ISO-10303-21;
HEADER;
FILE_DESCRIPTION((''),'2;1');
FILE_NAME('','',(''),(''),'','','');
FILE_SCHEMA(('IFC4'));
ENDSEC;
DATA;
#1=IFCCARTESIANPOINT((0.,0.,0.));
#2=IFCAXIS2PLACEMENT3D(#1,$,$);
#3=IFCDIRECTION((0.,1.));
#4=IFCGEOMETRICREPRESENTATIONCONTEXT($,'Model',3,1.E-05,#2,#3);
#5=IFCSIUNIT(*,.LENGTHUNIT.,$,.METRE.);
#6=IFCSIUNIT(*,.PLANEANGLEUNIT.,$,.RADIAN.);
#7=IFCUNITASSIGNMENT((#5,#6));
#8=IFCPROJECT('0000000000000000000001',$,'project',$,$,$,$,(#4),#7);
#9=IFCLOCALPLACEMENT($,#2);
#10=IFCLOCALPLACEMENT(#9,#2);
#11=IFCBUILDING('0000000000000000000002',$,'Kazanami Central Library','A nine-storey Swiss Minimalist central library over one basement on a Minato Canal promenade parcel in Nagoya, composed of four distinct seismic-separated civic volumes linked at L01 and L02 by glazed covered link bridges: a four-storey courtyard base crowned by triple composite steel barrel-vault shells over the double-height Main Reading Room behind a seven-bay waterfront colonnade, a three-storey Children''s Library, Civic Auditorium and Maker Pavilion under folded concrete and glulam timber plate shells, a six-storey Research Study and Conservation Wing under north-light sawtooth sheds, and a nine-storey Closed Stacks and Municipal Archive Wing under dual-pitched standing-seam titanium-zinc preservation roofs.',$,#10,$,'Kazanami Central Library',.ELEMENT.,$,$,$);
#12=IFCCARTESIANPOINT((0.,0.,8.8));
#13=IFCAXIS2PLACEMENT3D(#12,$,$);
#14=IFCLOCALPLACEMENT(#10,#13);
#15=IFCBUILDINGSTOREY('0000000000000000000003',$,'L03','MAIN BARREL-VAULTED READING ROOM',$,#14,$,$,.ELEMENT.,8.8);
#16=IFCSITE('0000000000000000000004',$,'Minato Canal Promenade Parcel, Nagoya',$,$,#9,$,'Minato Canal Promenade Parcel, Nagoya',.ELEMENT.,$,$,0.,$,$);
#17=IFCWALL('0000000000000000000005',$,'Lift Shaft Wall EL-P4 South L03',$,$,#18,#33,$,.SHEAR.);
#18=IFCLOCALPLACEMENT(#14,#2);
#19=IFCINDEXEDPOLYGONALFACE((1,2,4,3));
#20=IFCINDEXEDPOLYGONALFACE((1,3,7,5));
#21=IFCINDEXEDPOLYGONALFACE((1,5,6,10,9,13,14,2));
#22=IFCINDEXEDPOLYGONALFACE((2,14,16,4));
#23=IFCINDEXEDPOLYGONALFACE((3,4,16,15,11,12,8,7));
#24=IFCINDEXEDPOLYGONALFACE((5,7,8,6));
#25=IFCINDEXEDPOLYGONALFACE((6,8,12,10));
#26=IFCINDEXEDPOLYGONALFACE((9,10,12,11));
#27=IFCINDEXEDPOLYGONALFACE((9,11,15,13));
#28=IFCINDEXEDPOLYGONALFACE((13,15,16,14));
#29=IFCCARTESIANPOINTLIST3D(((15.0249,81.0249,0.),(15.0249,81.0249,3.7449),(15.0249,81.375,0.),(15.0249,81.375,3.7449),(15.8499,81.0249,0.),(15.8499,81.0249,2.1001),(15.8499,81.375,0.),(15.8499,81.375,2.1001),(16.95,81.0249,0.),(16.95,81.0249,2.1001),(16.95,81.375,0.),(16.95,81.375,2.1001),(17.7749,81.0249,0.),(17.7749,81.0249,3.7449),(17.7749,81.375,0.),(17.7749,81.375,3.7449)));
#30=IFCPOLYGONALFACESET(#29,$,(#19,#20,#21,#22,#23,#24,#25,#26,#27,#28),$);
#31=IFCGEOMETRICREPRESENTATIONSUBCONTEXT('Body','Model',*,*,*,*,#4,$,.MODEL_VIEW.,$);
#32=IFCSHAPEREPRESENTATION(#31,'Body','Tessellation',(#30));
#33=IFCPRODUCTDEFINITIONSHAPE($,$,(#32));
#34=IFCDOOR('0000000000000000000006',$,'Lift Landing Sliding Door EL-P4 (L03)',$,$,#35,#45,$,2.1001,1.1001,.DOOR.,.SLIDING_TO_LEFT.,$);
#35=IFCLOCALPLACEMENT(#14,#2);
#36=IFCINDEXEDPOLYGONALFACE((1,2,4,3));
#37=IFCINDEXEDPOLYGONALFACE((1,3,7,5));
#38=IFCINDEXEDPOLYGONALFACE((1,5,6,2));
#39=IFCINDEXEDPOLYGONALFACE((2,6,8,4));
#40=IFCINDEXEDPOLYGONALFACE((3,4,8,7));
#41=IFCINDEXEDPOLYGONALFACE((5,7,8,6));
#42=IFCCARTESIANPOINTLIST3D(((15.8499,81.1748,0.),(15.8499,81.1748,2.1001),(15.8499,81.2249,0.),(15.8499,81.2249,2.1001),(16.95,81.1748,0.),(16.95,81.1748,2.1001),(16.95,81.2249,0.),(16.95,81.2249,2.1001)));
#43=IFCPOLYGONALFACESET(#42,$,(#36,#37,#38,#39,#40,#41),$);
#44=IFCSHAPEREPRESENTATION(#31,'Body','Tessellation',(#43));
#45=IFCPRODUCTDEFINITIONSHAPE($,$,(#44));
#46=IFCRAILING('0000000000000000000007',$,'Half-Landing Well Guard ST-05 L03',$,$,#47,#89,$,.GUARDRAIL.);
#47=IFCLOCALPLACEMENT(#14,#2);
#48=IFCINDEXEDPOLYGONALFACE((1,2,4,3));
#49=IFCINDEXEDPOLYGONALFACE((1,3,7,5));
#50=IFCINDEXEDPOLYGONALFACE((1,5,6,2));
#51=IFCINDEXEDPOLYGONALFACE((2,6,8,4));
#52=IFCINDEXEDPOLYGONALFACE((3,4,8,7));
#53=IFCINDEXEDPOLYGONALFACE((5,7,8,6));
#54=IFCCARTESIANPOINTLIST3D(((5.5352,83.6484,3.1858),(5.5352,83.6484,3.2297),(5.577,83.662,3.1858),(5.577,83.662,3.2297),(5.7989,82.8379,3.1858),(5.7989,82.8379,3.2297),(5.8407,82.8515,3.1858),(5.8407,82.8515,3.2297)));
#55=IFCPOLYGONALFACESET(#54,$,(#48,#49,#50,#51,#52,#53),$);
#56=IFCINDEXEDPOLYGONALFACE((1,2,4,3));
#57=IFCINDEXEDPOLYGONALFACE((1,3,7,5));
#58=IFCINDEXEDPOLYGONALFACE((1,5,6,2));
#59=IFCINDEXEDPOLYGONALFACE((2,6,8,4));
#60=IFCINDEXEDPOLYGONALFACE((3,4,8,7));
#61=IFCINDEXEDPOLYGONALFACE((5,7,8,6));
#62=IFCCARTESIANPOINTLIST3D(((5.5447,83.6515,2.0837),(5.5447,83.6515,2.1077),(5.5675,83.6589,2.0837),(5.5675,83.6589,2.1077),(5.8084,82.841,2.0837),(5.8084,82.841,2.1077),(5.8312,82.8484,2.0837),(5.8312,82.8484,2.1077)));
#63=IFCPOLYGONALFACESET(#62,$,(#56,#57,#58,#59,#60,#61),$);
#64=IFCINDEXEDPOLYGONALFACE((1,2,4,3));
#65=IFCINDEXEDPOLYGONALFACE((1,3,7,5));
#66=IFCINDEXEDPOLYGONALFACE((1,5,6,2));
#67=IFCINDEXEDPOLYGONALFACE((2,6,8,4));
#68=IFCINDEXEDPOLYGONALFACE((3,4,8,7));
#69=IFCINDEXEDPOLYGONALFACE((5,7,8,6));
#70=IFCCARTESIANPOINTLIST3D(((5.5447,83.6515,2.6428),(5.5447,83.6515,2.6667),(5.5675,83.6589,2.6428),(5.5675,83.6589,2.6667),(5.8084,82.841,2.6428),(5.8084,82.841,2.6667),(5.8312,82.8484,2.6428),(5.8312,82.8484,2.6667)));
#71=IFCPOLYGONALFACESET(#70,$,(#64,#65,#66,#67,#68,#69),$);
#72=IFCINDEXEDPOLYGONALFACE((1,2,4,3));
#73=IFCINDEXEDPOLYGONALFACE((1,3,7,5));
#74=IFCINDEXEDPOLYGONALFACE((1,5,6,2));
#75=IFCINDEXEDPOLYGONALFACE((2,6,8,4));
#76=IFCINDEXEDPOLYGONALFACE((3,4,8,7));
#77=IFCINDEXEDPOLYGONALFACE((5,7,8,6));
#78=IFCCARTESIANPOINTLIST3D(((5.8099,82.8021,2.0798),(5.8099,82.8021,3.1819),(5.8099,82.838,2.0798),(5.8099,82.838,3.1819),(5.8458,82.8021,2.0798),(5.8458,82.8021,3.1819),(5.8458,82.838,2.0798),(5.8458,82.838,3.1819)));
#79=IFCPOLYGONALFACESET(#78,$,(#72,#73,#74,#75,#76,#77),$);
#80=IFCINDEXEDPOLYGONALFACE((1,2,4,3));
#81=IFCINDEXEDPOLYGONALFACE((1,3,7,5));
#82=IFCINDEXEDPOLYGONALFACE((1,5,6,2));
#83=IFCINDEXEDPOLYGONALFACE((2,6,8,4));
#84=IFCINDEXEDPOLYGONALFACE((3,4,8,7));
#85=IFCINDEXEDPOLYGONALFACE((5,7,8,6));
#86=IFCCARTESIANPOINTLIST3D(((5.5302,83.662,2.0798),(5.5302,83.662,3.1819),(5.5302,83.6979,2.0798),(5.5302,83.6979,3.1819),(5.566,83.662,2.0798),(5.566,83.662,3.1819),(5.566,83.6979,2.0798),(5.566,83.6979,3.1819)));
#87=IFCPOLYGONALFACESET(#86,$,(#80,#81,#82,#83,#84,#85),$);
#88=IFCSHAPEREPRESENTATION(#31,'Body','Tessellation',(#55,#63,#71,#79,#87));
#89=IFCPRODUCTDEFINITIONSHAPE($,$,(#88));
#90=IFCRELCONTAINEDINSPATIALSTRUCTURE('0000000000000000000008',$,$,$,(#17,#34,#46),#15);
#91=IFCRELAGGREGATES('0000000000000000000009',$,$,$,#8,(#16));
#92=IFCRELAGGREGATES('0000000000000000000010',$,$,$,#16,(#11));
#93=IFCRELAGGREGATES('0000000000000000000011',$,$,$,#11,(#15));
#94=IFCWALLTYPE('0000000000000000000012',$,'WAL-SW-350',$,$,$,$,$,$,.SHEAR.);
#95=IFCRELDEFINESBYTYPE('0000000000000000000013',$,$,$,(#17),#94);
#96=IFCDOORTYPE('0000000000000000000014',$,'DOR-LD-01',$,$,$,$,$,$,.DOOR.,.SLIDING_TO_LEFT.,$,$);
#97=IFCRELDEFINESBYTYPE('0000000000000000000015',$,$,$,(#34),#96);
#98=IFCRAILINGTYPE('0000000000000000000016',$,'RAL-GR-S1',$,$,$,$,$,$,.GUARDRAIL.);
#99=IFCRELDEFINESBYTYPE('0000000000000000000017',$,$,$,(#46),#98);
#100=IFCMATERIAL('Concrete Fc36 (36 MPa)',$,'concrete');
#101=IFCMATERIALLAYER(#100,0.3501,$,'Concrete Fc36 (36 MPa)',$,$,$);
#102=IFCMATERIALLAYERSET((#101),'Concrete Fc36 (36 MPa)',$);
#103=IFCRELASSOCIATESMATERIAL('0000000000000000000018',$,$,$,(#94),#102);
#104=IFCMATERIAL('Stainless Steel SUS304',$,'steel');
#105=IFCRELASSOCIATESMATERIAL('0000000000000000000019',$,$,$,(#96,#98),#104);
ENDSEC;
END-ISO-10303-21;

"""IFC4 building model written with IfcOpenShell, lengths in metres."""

from ifc_helpers import new_model, si_unit, direction, frame, frame_2d, origin, origin_2d, place, context, subcontext, project, spatial, rectangle, extrude, material, layer, layer_set, type_object, element, fill, save


model = new_model("IFC4")

# Units and contexts
model_context = context("Model", 3, precision=1e-05, world=origin(), true_north=direction((0.0, 1.0)))
body_context = subcontext(model_context, "Body", "Model", "MODEL_VIEW")
ifc_project = project(units=[si_unit("LENGTHUNIT", "METRE"), si_unit("PLANEANGLEUNIT", "RADIAN")], contexts=[model_context])

# Site, building, storey
site_placement = place(None, origin())
site = spatial("IfcSite", under=ifc_project, at=site_placement, Name="Minato Canal Promenade Parcel, Nagoya", LongName="Minato Canal Promenade Parcel, Nagoya", CompositionType="ELEMENT", RefElevation=0.0)
building_placement = place(site_placement, origin())
building = spatial("IfcBuilding", under=site, at=building_placement, Name="Kazanami Central Library", Description="A nine-storey Swiss Minimalist central library over one basement on a Minato Canal promenade parcel in Nagoya, composed of four distinct seismic-separated civic volumes linked at L01 and L02 by glazed covered link bridges: a four-storey courtyard base crowned by triple composite steel barrel-vault shells over the double-height Main Reading Room behind a seven-bay waterfront colonnade, a three-storey Children's Library, Civic Auditorium and Maker Pavilion under folded concrete and glulam timber plate shells, a six-storey Research Study and Conservation Wing under north-light sawtooth sheds, and a nine-storey Closed Stacks and Municipal Archive Wing under dual-pitched standing-seam titanium-zinc preservation roofs.", LongName="Kazanami Central Library", CompositionType="ELEMENT")
storey_placement = place(building_placement, frame((0.0, 0.0, 8.8)))
storey = spatial("IfcBuildingStorey", under=building, at=storey_placement, Name="L03", Description="MAIN BARREL-VAULTED READING ROOM", CompositionType="ELEMENT", Elevation=8.8)

# Shared definitions
ifc_material_1 = material(Name="Concrete Fc36 (36 MPa)", Category="concrete")

# Wall, opening, door
ifc_layer_1 = layer(ifc_material_1, 0.3501, Name="Concrete Fc36 (36 MPa)")
ifc_layer_set_1 = layer_set([ifc_layer_1], Name="Concrete Fc36 (36 MPa)")
wall_type_1 = type_object("IfcWallType", Name="WAL-SW-350", PredefinedType="SHEAR", material=ifc_layer_set_1)
wall_1_placement = place(storey_placement, frame((15.0249, 81.2, 0.0), z_axis=(0.0, 0.0, 1.0), x_axis=(1.0, 0.0, 0.0)))
wall_1 = element("IfcWall", 1, at=wall_1_placement, inside=storey, type_object=wall_type_1, Name="Lift Shaft Wall EL-P4 South L03", PredefinedType="SHEAR", context=body_context, shape_type="SweptSolid", body=[
    extrude(rectangle(XDim=2.75, YDim=0.3501, at=frame_2d((1.375, 0.0))), origin(), (0.0, 0.0, 1.0), 3.7449),
])
opening_1_placement = place(wall_1_placement, frame((0.825, 0.0, 0.0)))
opening_1 = element("IfcOpeningElement", 2, at=opening_1_placement, cuts=wall_1, PredefinedType="OPENING", context=body_context, shape_type="SweptSolid", body=[
    extrude(rectangle(XDim=1.1001, YDim=2.1001, at=frame_2d((0.55, 1.05))), frame((0.0, 0.187, 0.0), z_axis=(0.0, -1.0, 0.0), x_axis=(1.0, 0.0, 0.0)), (0.0, 0.0, 1.0), 0.374),
])
ifc_material_2 = material(Name="Stainless Steel SUS304", Category="steel")
door_type = type_object("IfcDoorType", Name="DOR-LD-01", OperationType="SLIDING_TO_LEFT", PredefinedType="DOOR", material=ifc_material_2)
door_placement = place(opening_1_placement, origin())
door = element("IfcDoor", 3, at=door_placement, inside=storey, type_object=door_type, Name="Lift Landing Sliding Door EL-P4 (L03)", OperationType="SLIDING_TO_LEFT", OverallHeight=2.1001, OverallWidth=1.1001, PredefinedType="DOOR", context=body_context, shape_type="SweptSolid", body=[
    extrude(rectangle(XDim=1.1001, YDim=2.1001, at=frame_2d((0.55, 1.05))), frame((0.0, 0.0249, 0.0), z_axis=(0.0, -1.0, 0.0), x_axis=(1.0, 0.0, 0.0)), (0.0, 0.0, 1.0), 0.05),
])
fill(opening_1, door)

# Railing
railing_type = type_object("IfcRailingType", Name="RAL-GR-S1", PredefinedType="GUARDRAIL", material=ifc_material_2)
railing_placement = place(storey_placement, frame((5.8279, 82.8201, 2.0798)))
element("IfcRailing", 4, at=railing_placement, inside=storey, type_object=railing_type, Name="Half-Landing Well Guard ST-05 L03", PredefinedType="GUARDRAIL", context=body_context, shape_type="SweptSolid", body=[
    extrude(rectangle(XDim=0.0439, YDim=0.0439, at=origin_2d()), frame((-0.0081, 0.0247, 1.1279), z_axis=(-0.309416, 0.950927, 0.0), x_axis=(-0.950927, -0.309416, 0.0)), (0.0, 0.0, 1.0), 0.8523),
    extrude(rectangle(XDim=0.0239, YDim=0.0239, at=origin_2d()), frame((-0.0081, 0.0247, 0.0159), z_axis=(-0.309416, 0.950927, 0.0), x_axis=(-0.950927, -0.309416, 0.0)), (0.0, 0.0, 1.0), 0.8523),
    extrude(rectangle(XDim=0.0239, YDim=0.0239, at=origin_2d()), frame((-0.0081, 0.0247, 0.575), z_axis=(-0.309416, 0.950927, 0.0), x_axis=(-0.950927, -0.309416, 0.0)), (0.0, 0.0, 1.0), 0.8523),
    extrude(rectangle(XDim=0.0359, YDim=0.0359, at=origin_2d()), origin(), (0.0, 0.0, 1.0), 1.1021),
    extrude(rectangle(XDim=0.0359, YDim=0.0359, at=origin_2d()), frame((-0.2798, 0.8599, 0.0)), (0.0, 0.0, 1.0), 1.1021),
])

save(model, "model.ifc")
